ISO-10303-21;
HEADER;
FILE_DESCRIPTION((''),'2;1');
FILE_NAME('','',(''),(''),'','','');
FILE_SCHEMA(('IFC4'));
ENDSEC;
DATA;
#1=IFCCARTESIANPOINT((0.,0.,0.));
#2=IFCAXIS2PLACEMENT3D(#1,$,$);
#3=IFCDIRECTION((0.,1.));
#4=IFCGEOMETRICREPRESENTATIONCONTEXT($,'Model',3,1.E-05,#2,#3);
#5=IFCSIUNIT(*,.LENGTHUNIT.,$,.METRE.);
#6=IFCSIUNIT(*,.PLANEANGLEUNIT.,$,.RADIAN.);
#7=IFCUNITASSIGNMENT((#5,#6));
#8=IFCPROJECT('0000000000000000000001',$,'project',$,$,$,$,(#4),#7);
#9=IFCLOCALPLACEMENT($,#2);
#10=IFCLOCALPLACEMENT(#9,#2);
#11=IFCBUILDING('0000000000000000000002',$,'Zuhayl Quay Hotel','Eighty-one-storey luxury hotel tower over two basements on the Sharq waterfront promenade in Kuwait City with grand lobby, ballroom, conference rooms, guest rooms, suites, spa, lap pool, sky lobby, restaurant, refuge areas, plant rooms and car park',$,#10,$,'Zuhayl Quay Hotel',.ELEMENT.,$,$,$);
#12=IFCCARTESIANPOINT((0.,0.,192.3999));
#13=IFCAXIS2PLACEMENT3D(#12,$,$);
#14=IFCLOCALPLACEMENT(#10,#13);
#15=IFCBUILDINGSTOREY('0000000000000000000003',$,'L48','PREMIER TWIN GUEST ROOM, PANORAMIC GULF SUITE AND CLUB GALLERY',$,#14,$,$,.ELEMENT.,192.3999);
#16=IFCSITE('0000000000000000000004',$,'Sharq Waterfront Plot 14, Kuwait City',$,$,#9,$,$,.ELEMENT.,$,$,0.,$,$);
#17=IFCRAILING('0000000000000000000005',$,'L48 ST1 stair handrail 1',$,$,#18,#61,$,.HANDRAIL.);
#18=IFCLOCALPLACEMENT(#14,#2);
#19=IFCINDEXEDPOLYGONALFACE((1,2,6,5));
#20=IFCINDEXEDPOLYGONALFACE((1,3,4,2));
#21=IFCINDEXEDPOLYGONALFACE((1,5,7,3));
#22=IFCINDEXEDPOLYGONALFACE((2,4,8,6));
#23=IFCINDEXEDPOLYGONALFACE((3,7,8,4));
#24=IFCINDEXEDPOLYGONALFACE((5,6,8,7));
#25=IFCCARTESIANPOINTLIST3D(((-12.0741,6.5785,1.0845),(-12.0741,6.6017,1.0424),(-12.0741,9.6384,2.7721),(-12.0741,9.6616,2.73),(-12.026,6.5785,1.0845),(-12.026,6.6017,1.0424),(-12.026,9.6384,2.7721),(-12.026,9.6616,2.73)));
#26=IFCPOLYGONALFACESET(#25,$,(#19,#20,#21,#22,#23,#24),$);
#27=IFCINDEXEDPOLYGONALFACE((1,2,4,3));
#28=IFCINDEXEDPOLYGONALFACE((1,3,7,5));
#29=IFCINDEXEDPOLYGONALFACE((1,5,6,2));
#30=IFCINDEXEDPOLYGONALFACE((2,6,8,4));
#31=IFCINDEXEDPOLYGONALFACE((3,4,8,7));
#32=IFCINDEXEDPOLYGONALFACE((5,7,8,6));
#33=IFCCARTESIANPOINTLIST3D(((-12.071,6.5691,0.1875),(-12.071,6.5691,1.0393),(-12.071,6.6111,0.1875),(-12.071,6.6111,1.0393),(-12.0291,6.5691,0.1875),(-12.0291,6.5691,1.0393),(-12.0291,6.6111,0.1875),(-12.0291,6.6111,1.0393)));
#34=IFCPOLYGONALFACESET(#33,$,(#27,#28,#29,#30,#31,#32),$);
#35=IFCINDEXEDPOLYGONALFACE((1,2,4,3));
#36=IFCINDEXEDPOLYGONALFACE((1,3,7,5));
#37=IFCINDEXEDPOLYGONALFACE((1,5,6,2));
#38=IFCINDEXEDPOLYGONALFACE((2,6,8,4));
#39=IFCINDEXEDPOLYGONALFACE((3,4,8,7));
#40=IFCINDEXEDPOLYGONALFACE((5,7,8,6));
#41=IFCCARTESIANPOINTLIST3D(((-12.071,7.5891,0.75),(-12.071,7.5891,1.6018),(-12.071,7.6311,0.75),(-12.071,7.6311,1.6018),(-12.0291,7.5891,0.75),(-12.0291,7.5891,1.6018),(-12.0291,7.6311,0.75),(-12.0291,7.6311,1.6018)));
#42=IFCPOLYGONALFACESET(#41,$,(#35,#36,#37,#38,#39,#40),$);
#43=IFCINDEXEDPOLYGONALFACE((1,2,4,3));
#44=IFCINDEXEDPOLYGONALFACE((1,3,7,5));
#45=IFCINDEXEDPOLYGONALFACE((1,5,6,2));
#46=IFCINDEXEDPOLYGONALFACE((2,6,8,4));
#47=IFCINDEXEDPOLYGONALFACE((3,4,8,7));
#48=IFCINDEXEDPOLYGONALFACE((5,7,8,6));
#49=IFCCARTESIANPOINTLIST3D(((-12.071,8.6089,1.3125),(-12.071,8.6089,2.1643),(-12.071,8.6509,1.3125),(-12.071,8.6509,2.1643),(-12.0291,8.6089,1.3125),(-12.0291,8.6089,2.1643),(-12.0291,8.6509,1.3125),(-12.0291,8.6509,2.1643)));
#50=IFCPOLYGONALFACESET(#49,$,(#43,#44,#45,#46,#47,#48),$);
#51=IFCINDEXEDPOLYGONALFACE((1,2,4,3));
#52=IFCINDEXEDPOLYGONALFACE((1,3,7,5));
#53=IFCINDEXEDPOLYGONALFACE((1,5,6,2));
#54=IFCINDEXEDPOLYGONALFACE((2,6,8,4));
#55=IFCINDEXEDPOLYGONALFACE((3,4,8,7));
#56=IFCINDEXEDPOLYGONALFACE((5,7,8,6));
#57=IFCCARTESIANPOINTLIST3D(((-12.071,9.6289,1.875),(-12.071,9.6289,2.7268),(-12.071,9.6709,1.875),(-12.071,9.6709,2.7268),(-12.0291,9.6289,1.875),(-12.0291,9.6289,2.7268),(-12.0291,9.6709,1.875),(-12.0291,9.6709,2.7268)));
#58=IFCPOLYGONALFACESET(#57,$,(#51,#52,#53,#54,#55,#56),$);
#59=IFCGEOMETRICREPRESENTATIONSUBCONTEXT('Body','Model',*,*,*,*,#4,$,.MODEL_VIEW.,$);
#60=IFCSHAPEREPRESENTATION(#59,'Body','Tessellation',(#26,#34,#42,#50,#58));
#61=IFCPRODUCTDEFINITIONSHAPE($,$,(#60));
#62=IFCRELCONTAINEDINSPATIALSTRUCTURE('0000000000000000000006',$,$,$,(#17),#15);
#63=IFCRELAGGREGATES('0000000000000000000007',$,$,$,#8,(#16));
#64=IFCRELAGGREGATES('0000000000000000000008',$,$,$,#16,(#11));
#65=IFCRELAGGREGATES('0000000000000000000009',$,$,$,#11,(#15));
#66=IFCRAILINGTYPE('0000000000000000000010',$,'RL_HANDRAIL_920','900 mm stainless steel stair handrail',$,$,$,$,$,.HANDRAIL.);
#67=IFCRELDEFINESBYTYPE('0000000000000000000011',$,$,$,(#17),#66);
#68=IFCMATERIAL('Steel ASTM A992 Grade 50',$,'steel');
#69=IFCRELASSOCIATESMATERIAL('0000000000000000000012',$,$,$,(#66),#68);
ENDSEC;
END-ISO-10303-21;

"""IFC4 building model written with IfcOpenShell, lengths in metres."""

from ifc_helpers import new_model, si_unit, direction, frame, origin, origin_2d, place, context, subcontext, project, spatial, rectangle, extrude, material, type_object, element, save


model = new_model("IFC4")

# Units and contexts
model_context = context("Model", 3, precision=1e-05, world=origin(), true_north=direction((0.0, 1.0)))
body_context = subcontext(model_context, "Body", "Model", "MODEL_VIEW")
ifc_project = project(units=[si_unit("LENGTHUNIT", "METRE"), si_unit("PLANEANGLEUNIT", "RADIAN")], contexts=[model_context])

# Site, building, storey
site_placement = place(None, origin())
site = spatial("IfcSite", under=ifc_project, at=site_placement, Name="Sharq Waterfront Plot 14, Kuwait City", CompositionType="ELEMENT", RefElevation=0.0)
building_placement = place(site_placement, origin())
building = spatial("IfcBuilding", under=site, at=building_placement, Name="Zuhayl Quay Hotel", Description="Eighty-one-storey luxury hotel tower over two basements on the Sharq waterfront promenade in Kuwait City with grand lobby, ballroom, conference rooms, guest rooms, suites, spa, lap pool, sky lobby, restaurant, refuge areas, plant rooms and car park", LongName="Zuhayl Quay Hotel", CompositionType="ELEMENT")
storey_placement = place(building_placement, frame((0.0, 0.0, 192.3999)))
storey = spatial("IfcBuildingStorey", under=building, at=storey_placement, Name="L48", Description="PREMIER TWIN GUEST ROOM, PANORAMIC GULF SUITE AND CLUB GALLERY", CompositionType="ELEMENT", Elevation=192.3999)

# Shared definitions
ifc_material_1 = material(Name="Steel ASTM A992 Grade 50", Category="steel")

# Railing
railing_type = type_object("IfcRailingType", Name="RL_HANDRAIL_920", Description="900 mm stainless steel stair handrail", PredefinedType="HANDRAIL", material=ifc_material_1)
railing_placement = place(storey_placement, frame((-12.05, 6.5901, 0.1875)))
element("IfcRailing", 1, at=railing_placement, inside=storey, type_object=railing_type, Name="L48 ST1 stair handrail 1", PredefinedType="HANDRAIL", context=body_context, shape_type="SweptSolid", body=[
    extrude(rectangle(XDim=0.0481, YDim=0.0481, at=origin_2d()), frame((0.0, 0.0, 0.876), z_axis=(0.0, 0.875659, 0.48293), x_axis=(-1.0, 0.0, 0.0)), (0.0, 0.0, 1.0), 3.4944),
    extrude(rectangle(XDim=0.042, YDim=0.042, at=origin_2d()), origin(), (0.0, 0.0, 1.0), 0.8518),
    extrude(rectangle(XDim=0.042, YDim=0.042, at=origin_2d()), frame((0.0, 1.02, 0.5625)), (0.0, 0.0, 1.0), 0.8518),
    extrude(rectangle(XDim=0.042, YDim=0.042, at=origin_2d()), frame((0.0, 2.0398, 1.125)), (0.0, 0.0, 1.0), 0.8518),
    extrude(rectangle(XDim=0.042, YDim=0.042, at=origin_2d()), frame((0.0, 3.0598, 1.6875)), (0.0, 0.0, 1.0), 0.8518),
])

save(model, "model.ifc")
